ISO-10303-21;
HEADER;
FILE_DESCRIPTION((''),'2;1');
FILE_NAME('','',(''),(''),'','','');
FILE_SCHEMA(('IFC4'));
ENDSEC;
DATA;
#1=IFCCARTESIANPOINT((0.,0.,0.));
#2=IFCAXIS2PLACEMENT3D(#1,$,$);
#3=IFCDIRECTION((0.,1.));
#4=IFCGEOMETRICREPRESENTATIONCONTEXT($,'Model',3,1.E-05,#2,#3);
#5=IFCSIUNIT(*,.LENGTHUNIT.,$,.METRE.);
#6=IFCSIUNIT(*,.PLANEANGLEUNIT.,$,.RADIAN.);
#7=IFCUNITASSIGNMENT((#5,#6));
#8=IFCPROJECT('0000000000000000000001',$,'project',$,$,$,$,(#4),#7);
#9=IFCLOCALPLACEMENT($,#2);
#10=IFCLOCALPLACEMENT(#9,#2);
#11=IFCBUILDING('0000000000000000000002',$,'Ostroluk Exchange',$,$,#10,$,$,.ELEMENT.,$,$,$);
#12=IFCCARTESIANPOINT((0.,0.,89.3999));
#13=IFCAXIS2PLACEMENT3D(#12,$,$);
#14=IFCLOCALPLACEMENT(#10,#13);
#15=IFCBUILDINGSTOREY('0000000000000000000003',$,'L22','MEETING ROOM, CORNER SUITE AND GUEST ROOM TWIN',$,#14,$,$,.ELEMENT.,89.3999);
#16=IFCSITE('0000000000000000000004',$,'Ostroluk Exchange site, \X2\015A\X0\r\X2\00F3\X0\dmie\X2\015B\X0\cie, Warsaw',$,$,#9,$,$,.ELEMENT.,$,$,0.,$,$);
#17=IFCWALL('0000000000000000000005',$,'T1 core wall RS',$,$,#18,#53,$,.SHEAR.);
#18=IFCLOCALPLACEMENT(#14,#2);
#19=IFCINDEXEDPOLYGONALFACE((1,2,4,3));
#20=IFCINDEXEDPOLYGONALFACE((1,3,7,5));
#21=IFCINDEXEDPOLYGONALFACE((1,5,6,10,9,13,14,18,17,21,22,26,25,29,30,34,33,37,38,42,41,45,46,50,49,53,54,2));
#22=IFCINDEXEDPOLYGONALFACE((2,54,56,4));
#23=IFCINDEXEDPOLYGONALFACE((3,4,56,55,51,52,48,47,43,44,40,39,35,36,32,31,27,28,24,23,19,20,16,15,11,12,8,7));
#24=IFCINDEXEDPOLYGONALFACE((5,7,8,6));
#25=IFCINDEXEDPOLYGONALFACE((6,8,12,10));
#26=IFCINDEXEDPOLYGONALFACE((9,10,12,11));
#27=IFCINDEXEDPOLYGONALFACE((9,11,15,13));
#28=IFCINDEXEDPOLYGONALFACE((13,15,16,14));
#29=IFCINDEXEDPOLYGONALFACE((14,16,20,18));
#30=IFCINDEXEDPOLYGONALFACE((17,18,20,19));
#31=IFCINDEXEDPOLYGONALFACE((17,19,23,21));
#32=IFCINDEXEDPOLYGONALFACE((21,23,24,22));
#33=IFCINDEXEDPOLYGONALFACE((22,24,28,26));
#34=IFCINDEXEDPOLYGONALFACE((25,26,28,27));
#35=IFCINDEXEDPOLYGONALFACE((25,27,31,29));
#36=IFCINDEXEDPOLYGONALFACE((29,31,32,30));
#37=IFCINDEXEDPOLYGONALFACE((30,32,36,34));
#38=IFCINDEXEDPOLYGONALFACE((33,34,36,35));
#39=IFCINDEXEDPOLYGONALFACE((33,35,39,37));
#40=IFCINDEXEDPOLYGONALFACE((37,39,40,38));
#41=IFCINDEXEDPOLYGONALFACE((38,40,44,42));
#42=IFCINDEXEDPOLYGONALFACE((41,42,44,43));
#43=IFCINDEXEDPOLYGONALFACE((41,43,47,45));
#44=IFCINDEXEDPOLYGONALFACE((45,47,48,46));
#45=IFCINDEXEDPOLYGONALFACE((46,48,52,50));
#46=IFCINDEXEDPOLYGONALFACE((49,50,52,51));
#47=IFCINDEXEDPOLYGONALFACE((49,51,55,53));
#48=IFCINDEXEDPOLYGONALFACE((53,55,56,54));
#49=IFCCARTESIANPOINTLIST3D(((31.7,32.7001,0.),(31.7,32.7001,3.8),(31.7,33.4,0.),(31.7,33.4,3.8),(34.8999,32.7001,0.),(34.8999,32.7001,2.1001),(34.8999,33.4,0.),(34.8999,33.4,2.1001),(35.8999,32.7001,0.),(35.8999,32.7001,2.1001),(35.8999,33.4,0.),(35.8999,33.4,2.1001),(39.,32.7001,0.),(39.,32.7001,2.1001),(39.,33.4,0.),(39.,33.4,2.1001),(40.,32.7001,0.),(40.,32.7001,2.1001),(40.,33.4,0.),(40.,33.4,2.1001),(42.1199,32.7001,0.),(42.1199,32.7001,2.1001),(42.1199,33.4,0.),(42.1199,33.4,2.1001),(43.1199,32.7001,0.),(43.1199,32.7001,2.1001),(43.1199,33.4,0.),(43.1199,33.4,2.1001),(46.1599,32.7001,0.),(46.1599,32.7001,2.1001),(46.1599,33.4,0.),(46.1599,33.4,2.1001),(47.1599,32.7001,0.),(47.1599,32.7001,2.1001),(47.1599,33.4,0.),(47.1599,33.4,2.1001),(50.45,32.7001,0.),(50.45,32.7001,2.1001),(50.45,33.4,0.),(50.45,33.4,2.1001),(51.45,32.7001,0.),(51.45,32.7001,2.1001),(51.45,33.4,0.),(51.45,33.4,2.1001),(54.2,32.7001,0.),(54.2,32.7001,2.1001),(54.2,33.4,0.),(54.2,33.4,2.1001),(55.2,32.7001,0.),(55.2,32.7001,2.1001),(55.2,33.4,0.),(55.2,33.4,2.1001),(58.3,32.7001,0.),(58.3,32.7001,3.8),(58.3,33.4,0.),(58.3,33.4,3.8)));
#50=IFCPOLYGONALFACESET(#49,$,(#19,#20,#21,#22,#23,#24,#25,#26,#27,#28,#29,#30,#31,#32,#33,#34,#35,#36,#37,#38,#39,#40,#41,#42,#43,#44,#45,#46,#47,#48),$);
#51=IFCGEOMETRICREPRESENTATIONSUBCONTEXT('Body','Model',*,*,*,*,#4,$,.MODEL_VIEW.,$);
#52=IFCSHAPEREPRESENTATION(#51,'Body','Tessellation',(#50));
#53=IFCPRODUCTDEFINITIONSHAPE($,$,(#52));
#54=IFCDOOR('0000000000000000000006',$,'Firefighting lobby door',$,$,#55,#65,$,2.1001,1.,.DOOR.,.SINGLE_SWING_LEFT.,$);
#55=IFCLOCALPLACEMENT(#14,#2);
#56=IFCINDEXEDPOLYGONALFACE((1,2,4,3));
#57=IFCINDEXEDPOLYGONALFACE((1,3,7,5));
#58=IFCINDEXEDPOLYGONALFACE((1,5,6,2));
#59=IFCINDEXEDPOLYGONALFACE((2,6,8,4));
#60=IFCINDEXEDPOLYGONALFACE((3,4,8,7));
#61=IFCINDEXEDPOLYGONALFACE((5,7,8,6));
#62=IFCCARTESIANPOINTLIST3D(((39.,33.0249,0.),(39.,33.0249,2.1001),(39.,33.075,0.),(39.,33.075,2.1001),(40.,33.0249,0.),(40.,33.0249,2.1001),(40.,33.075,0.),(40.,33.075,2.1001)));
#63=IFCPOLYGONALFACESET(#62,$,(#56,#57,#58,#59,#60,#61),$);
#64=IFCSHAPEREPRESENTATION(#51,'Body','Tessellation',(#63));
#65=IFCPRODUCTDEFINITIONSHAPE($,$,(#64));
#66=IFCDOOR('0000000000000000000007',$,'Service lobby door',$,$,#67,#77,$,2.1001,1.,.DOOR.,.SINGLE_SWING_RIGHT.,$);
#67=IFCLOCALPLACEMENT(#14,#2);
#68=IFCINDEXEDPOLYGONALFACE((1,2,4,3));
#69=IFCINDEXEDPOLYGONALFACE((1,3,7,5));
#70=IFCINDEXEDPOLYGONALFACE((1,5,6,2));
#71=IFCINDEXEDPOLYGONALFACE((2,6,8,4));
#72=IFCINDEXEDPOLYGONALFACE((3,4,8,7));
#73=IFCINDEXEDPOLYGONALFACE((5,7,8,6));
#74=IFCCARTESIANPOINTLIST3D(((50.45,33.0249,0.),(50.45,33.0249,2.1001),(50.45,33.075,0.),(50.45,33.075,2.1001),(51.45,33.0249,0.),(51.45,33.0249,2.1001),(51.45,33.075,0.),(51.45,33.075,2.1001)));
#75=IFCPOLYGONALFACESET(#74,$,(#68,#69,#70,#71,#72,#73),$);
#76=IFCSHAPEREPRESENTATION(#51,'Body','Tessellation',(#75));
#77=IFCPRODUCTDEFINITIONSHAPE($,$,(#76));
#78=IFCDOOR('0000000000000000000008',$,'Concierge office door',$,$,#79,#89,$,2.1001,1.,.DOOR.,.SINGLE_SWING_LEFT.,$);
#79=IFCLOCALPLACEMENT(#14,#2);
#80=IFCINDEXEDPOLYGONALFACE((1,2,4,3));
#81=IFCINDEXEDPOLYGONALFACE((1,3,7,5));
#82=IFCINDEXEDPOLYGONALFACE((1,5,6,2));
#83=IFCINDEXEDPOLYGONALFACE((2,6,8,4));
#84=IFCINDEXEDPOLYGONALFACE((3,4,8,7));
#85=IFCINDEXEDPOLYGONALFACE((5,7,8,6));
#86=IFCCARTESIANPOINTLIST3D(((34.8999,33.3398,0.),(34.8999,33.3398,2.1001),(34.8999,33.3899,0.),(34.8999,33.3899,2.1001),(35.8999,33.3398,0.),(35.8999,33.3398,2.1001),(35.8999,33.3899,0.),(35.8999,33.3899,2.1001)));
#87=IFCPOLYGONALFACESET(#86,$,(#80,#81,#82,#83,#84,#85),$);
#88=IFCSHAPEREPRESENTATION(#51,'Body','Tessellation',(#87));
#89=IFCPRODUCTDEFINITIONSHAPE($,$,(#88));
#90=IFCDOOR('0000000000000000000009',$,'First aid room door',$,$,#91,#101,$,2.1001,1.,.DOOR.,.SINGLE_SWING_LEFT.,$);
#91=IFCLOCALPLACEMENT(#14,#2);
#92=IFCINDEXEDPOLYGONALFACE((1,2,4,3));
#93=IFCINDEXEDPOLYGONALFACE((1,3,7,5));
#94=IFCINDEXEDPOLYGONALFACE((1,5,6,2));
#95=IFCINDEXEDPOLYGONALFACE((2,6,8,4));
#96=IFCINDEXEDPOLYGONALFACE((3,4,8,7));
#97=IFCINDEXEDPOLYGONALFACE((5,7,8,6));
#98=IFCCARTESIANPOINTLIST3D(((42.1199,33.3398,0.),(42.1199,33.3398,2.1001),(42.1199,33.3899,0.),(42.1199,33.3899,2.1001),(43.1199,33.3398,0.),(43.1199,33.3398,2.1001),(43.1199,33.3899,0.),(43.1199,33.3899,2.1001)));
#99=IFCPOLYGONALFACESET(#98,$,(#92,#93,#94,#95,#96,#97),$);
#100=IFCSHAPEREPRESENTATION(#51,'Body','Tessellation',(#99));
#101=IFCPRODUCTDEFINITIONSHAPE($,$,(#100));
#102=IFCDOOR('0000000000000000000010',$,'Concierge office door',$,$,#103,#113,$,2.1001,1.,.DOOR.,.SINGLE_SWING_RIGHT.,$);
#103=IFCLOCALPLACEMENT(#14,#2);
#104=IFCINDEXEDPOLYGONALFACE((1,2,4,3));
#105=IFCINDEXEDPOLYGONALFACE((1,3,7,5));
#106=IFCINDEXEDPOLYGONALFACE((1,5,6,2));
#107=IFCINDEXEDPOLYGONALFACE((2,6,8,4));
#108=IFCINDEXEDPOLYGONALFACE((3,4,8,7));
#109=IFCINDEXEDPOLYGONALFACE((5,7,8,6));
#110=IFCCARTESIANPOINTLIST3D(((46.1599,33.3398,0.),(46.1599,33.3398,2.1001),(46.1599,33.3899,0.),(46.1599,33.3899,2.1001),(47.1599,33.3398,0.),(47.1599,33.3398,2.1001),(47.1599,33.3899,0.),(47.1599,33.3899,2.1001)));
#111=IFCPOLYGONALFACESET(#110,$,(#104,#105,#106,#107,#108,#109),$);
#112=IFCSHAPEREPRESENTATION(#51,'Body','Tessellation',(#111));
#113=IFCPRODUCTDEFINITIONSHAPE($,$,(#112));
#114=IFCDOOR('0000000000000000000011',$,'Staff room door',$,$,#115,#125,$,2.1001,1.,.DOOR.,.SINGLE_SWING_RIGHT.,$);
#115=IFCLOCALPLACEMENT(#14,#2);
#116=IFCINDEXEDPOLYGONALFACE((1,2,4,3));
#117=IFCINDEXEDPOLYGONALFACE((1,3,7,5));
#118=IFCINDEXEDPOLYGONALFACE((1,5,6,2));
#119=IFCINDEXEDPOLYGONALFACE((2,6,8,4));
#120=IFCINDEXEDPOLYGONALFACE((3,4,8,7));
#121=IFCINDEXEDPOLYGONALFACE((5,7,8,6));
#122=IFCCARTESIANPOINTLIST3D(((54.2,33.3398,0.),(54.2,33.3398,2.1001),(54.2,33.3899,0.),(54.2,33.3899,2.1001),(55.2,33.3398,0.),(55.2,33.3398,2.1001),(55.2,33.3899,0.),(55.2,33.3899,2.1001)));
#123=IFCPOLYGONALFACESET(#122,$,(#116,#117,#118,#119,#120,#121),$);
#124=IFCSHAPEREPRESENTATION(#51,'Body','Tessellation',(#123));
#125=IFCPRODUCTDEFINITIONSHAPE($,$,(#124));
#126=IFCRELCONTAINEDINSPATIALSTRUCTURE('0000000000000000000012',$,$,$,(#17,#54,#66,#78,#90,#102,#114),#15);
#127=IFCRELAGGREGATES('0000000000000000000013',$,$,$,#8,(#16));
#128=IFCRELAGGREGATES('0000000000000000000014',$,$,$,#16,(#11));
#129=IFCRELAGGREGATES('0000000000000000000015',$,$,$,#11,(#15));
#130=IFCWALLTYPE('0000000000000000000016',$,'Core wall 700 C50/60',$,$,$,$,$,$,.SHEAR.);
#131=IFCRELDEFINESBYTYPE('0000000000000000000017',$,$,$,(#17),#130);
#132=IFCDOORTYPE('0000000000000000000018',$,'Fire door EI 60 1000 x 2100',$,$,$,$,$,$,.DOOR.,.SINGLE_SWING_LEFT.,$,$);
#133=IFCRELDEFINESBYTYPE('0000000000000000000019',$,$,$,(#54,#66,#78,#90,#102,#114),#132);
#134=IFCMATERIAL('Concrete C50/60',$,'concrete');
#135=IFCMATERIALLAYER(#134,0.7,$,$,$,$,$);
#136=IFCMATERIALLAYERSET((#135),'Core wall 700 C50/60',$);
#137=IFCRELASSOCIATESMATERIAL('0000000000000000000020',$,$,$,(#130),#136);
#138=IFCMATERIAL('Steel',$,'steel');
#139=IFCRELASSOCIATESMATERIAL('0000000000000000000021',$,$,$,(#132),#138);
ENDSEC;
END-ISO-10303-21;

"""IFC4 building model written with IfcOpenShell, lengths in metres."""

from ifc_helpers import new_model, si_unit, direction, frame, frame_2d, origin, place, context, subcontext, project, spatial, rectangle, extrude, material, layer, layer_set, type_object, element, fill, save


model = new_model("IFC4")

# Units and contexts
model_context = context("Model", 3, precision=1e-05, world=origin(), true_north=direction((0.0, 1.0)))
body_context = subcontext(model_context, "Body", "Model", "MODEL_VIEW")
ifc_project = project(units=[si_unit("LENGTHUNIT", "METRE"), si_unit("PLANEANGLEUNIT", "RADIAN")], contexts=[model_context])

# Site, building, storey
site_placement = place(None, origin())
site = spatial("IfcSite", under=ifc_project, at=site_placement, Name="Ostroluk Exchange site, Śródmieście, Warsaw", CompositionType="ELEMENT", RefElevation=0.0)
building_placement = place(site_placement, origin())
building = spatial("IfcBuilding", under=site, at=building_placement, Name="Ostroluk Exchange", CompositionType="ELEMENT")
storey_placement = place(building_placement, frame((0.0, 0.0, 89.3999)))
storey = spatial("IfcBuildingStorey", under=building, at=storey_placement, Name="L22", Description="MEETING ROOM, CORNER SUITE AND GUEST ROOM TWIN", CompositionType="ELEMENT", Elevation=89.3999)

# Wall, openings, doors
ifc_material_1 = material(Name="Concrete C50/60", Category="concrete")
ifc_layer = layer(ifc_material_1, 0.7)
ifc_layer_set = layer_set([ifc_layer], Name="Core wall 700 C50/60")
wall_type = type_object("IfcWallType", Name="Core wall 700 C50/60", PredefinedType="SHEAR", material=ifc_layer_set)
wall_1_placement = place(storey_placement, frame((31.7, 33.05, 0.0), z_axis=(0.0, 0.0, 1.0), x_axis=(1.0, 0.0, 0.0)))
wall_1 = element("IfcWall", 1, at=wall_1_placement, inside=storey, type_object=wall_type, Name="T1 core wall RS", PredefinedType="SHEAR", context=body_context, shape_type="SweptSolid", body=[
    extrude(rectangle(XDim=26.6001, YDim=0.7, at=frame_2d((13.3, 0.0))), origin(), (0.0, 0.0, 1.0), 3.8),
])
opening_1_placement = place(wall_1_placement, frame((7.3, 0.0, 0.0)))
opening_1 = element("IfcOpeningElement", 2, at=opening_1_placement, cuts=wall_1, PredefinedType="OPENING", context=body_context, shape_type="SweptSolid", body=[
    extrude(rectangle(XDim=1.0, YDim=2.1001, at=frame_2d((0.5, 1.05))), frame((0.0, 0.3599, 0.0), z_axis=(0.0, -1.0, 0.0), x_axis=(1.0, 0.0, 0.0)), (0.0, 0.0, 1.0), 0.72),
])
opening_2_placement = place(wall_1_placement, frame((18.75, 0.0, 0.0)))
opening_2 = element("IfcOpeningElement", 3, at=opening_2_placement, cuts=wall_1, PredefinedType="OPENING", context=body_context, shape_type="SweptSolid", body=[
    extrude(rectangle(XDim=1.0, YDim=2.1001, at=frame_2d((0.5, 1.05))), frame((0.0, 0.3599, 0.0), z_axis=(0.0, -1.0, 0.0), x_axis=(1.0, 0.0, 0.0)), (0.0, 0.0, 1.0), 0.72),
])
opening_3_placement = place(wall_1_placement, frame((3.2, 0.0, 0.0)))
opening_3 = element("IfcOpeningElement", 4, at=opening_3_placement, cuts=wall_1, PredefinedType="OPENING", context=body_context, shape_type="SweptSolid", body=[
    extrude(rectangle(XDim=1.0, YDim=2.1001, at=frame_2d((0.5, 1.05))), frame((0.0, 0.3599, 0.0), z_axis=(0.0, -1.0, 0.0), x_axis=(1.0, 0.0, 0.0)), (0.0, 0.0, 1.0), 0.72),
])
opening_4_placement = place(wall_1_placement, frame((10.4199, 0.0, 0.0)))
opening_4 = element("IfcOpeningElement", 5, at=opening_4_placement, cuts=wall_1, PredefinedType="OPENING", context=body_context, shape_type="SweptSolid", body=[
    extrude(rectangle(XDim=1.0, YDim=2.1001, at=frame_2d((0.5, 1.05))), frame((0.0, 0.3599, 0.0), z_axis=(0.0, -1.0, 0.0), x_axis=(1.0, 0.0, 0.0)), (0.0, 0.0, 1.0), 0.72),
])
opening_5_placement = place(wall_1_placement, frame((14.46, 0.0, 0.0)))
opening_5 = element("IfcOpeningElement", 6, at=opening_5_placement, cuts=wall_1, PredefinedType="OPENING", context=body_context, shape_type="SweptSolid", body=[
    extrude(rectangle(XDim=1.0, YDim=2.1001, at=frame_2d((0.5, 1.05))), frame((0.0, 0.3599, 0.0), z_axis=(0.0, -1.0, 0.0), x_axis=(1.0, 0.0, 0.0)), (0.0, 0.0, 1.0), 0.72),
])
opening_6_placement = place(wall_1_placement, frame((22.5, 0.0, 0.0)))
opening_6 = element("IfcOpeningElement", 7, at=opening_6_placement, cuts=wall_1, PredefinedType="OPENING", context=body_context, shape_type="SweptSolid", body=[
    extrude(rectangle(XDim=1.0, YDim=2.1001, at=frame_2d((0.5, 1.05))), frame((0.0, 0.3599, 0.0), z_axis=(0.0, -1.0, 0.0), x_axis=(1.0, 0.0, 0.0)), (0.0, 0.0, 1.0), 0.72),
])
ifc_material_2 = material(Name="Steel", Category="steel")
door_type_1 = type_object("IfcDoorType", Name="Fire door EI 60 1000 x 2100", OperationType="SINGLE_SWING_LEFT", PredefinedType="DOOR", material=ifc_material_2)
door_1_placement = place(opening_1_placement, origin())
door_1 = element("IfcDoor", 8, at=door_1_placement, inside=storey, type_object=door_type_1, Name="Firefighting lobby door", OperationType="SINGLE_SWING_LEFT", OverallHeight=2.1001, OverallWidth=1.0, PredefinedType="DOOR", context=body_context, shape_type="SweptSolid", body=[
    extrude(rectangle(XDim=1.0, YDim=2.1001, at=frame_2d((0.5, 1.05))), frame((0.0, 0.0249, 0.0), z_axis=(0.0, -1.0, 0.0), x_axis=(1.0, 0.0, 0.0)), (0.0, 0.0, 1.0), 0.05),
])
fill(opening_1, door_1)
door_2_placement = place(opening_2_placement, origin())
door_2 = element("IfcDoor", 9, at=door_2_placement, inside=storey, type_object=door_type_1, Name="Service lobby door", OperationType="SINGLE_SWING_RIGHT", OverallHeight=2.1001, OverallWidth=1.0, PredefinedType="DOOR", context=body_context, shape_type="SweptSolid", body=[
    extrude(rectangle(XDim=1.0, YDim=2.1001, at=frame_2d((0.5, 1.05))), frame((0.0, 0.0249, 0.0), z_axis=(0.0, -1.0, 0.0), x_axis=(1.0, 0.0, 0.0)), (0.0, 0.0, 1.0), 0.05),
])
fill(opening_2, door_2)
door_3_placement = place(opening_3_placement, origin())
door_3 = element("IfcDoor", 10, at=door_3_placement, inside=storey, type_object=door_type_1, Name="Concierge office door", OperationType="SINGLE_SWING_LEFT", OverallHeight=2.1001, OverallWidth=1.0, PredefinedType="DOOR", context=body_context, shape_type="SweptSolid", body=[
    extrude(rectangle(XDim=1.0, YDim=2.1001, at=frame_2d((0.5, 1.05))), frame((0.0, 0.3398, 0.0), z_axis=(0.0, -1.0, 0.0), x_axis=(1.0, 0.0, 0.0)), (0.0, 0.0, 1.0), 0.05),
])
fill(opening_3, door_3)
door_4_placement = place(opening_4_placement, origin())
door_4 = element("IfcDoor", 11, at=door_4_placement, inside=storey, type_object=door_type_1, Name="First aid room door", OperationType="SINGLE_SWING_LEFT", OverallHeight=2.1001, OverallWidth=1.0, PredefinedType="DOOR", context=body_context, shape_type="SweptSolid", body=[
    extrude(rectangle(XDim=1.0, YDim=2.1001, at=frame_2d((0.5, 1.05))), frame((0.0, 0.3398, 0.0), z_axis=(0.0, -1.0, 0.0), x_axis=(1.0, 0.0, 0.0)), (0.0, 0.0, 1.0), 0.05),
])
fill(opening_4, door_4)
door_5_placement = place(opening_5_placement, origin())
door_5 = element("IfcDoor", 12, at=door_5_placement, inside=storey, type_object=door_type_1, Name="Concierge office door", OperationType="SINGLE_SWING_RIGHT", OverallHeight=2.1001, OverallWidth=1.0, PredefinedType="DOOR", context=body_context, shape_type="SweptSolid", body=[
    extrude(rectangle(XDim=1.0, YDim=2.1001, at=frame_2d((0.5, 1.05))), frame((0.0, 0.3398, 0.0), z_axis=(0.0, -1.0, 0.0), x_axis=(1.0, 0.0, 0.0)), (0.0, 0.0, 1.0), 0.05),
])
fill(opening_5, door_5)
door_6_placement = place(opening_6_placement, origin())
door_6 = element("IfcDoor", 13, at=door_6_placement, inside=storey, type_object=door_type_1, Name="Staff room door", OperationType="SINGLE_SWING_RIGHT", OverallHeight=2.1001, OverallWidth=1.0, PredefinedType="DOOR", context=body_context, shape_type="SweptSolid", body=[
    extrude(rectangle(XDim=1.0, YDim=2.1001, at=frame_2d((0.5, 1.05))), frame((0.0, 0.3398, 0.0), z_axis=(0.0, -1.0, 0.0), x_axis=(1.0, 0.0, 0.0)), (0.0, 0.0, 1.0), 0.05),
])
fill(opening_6, door_6)

save(model, "model.ifc")
